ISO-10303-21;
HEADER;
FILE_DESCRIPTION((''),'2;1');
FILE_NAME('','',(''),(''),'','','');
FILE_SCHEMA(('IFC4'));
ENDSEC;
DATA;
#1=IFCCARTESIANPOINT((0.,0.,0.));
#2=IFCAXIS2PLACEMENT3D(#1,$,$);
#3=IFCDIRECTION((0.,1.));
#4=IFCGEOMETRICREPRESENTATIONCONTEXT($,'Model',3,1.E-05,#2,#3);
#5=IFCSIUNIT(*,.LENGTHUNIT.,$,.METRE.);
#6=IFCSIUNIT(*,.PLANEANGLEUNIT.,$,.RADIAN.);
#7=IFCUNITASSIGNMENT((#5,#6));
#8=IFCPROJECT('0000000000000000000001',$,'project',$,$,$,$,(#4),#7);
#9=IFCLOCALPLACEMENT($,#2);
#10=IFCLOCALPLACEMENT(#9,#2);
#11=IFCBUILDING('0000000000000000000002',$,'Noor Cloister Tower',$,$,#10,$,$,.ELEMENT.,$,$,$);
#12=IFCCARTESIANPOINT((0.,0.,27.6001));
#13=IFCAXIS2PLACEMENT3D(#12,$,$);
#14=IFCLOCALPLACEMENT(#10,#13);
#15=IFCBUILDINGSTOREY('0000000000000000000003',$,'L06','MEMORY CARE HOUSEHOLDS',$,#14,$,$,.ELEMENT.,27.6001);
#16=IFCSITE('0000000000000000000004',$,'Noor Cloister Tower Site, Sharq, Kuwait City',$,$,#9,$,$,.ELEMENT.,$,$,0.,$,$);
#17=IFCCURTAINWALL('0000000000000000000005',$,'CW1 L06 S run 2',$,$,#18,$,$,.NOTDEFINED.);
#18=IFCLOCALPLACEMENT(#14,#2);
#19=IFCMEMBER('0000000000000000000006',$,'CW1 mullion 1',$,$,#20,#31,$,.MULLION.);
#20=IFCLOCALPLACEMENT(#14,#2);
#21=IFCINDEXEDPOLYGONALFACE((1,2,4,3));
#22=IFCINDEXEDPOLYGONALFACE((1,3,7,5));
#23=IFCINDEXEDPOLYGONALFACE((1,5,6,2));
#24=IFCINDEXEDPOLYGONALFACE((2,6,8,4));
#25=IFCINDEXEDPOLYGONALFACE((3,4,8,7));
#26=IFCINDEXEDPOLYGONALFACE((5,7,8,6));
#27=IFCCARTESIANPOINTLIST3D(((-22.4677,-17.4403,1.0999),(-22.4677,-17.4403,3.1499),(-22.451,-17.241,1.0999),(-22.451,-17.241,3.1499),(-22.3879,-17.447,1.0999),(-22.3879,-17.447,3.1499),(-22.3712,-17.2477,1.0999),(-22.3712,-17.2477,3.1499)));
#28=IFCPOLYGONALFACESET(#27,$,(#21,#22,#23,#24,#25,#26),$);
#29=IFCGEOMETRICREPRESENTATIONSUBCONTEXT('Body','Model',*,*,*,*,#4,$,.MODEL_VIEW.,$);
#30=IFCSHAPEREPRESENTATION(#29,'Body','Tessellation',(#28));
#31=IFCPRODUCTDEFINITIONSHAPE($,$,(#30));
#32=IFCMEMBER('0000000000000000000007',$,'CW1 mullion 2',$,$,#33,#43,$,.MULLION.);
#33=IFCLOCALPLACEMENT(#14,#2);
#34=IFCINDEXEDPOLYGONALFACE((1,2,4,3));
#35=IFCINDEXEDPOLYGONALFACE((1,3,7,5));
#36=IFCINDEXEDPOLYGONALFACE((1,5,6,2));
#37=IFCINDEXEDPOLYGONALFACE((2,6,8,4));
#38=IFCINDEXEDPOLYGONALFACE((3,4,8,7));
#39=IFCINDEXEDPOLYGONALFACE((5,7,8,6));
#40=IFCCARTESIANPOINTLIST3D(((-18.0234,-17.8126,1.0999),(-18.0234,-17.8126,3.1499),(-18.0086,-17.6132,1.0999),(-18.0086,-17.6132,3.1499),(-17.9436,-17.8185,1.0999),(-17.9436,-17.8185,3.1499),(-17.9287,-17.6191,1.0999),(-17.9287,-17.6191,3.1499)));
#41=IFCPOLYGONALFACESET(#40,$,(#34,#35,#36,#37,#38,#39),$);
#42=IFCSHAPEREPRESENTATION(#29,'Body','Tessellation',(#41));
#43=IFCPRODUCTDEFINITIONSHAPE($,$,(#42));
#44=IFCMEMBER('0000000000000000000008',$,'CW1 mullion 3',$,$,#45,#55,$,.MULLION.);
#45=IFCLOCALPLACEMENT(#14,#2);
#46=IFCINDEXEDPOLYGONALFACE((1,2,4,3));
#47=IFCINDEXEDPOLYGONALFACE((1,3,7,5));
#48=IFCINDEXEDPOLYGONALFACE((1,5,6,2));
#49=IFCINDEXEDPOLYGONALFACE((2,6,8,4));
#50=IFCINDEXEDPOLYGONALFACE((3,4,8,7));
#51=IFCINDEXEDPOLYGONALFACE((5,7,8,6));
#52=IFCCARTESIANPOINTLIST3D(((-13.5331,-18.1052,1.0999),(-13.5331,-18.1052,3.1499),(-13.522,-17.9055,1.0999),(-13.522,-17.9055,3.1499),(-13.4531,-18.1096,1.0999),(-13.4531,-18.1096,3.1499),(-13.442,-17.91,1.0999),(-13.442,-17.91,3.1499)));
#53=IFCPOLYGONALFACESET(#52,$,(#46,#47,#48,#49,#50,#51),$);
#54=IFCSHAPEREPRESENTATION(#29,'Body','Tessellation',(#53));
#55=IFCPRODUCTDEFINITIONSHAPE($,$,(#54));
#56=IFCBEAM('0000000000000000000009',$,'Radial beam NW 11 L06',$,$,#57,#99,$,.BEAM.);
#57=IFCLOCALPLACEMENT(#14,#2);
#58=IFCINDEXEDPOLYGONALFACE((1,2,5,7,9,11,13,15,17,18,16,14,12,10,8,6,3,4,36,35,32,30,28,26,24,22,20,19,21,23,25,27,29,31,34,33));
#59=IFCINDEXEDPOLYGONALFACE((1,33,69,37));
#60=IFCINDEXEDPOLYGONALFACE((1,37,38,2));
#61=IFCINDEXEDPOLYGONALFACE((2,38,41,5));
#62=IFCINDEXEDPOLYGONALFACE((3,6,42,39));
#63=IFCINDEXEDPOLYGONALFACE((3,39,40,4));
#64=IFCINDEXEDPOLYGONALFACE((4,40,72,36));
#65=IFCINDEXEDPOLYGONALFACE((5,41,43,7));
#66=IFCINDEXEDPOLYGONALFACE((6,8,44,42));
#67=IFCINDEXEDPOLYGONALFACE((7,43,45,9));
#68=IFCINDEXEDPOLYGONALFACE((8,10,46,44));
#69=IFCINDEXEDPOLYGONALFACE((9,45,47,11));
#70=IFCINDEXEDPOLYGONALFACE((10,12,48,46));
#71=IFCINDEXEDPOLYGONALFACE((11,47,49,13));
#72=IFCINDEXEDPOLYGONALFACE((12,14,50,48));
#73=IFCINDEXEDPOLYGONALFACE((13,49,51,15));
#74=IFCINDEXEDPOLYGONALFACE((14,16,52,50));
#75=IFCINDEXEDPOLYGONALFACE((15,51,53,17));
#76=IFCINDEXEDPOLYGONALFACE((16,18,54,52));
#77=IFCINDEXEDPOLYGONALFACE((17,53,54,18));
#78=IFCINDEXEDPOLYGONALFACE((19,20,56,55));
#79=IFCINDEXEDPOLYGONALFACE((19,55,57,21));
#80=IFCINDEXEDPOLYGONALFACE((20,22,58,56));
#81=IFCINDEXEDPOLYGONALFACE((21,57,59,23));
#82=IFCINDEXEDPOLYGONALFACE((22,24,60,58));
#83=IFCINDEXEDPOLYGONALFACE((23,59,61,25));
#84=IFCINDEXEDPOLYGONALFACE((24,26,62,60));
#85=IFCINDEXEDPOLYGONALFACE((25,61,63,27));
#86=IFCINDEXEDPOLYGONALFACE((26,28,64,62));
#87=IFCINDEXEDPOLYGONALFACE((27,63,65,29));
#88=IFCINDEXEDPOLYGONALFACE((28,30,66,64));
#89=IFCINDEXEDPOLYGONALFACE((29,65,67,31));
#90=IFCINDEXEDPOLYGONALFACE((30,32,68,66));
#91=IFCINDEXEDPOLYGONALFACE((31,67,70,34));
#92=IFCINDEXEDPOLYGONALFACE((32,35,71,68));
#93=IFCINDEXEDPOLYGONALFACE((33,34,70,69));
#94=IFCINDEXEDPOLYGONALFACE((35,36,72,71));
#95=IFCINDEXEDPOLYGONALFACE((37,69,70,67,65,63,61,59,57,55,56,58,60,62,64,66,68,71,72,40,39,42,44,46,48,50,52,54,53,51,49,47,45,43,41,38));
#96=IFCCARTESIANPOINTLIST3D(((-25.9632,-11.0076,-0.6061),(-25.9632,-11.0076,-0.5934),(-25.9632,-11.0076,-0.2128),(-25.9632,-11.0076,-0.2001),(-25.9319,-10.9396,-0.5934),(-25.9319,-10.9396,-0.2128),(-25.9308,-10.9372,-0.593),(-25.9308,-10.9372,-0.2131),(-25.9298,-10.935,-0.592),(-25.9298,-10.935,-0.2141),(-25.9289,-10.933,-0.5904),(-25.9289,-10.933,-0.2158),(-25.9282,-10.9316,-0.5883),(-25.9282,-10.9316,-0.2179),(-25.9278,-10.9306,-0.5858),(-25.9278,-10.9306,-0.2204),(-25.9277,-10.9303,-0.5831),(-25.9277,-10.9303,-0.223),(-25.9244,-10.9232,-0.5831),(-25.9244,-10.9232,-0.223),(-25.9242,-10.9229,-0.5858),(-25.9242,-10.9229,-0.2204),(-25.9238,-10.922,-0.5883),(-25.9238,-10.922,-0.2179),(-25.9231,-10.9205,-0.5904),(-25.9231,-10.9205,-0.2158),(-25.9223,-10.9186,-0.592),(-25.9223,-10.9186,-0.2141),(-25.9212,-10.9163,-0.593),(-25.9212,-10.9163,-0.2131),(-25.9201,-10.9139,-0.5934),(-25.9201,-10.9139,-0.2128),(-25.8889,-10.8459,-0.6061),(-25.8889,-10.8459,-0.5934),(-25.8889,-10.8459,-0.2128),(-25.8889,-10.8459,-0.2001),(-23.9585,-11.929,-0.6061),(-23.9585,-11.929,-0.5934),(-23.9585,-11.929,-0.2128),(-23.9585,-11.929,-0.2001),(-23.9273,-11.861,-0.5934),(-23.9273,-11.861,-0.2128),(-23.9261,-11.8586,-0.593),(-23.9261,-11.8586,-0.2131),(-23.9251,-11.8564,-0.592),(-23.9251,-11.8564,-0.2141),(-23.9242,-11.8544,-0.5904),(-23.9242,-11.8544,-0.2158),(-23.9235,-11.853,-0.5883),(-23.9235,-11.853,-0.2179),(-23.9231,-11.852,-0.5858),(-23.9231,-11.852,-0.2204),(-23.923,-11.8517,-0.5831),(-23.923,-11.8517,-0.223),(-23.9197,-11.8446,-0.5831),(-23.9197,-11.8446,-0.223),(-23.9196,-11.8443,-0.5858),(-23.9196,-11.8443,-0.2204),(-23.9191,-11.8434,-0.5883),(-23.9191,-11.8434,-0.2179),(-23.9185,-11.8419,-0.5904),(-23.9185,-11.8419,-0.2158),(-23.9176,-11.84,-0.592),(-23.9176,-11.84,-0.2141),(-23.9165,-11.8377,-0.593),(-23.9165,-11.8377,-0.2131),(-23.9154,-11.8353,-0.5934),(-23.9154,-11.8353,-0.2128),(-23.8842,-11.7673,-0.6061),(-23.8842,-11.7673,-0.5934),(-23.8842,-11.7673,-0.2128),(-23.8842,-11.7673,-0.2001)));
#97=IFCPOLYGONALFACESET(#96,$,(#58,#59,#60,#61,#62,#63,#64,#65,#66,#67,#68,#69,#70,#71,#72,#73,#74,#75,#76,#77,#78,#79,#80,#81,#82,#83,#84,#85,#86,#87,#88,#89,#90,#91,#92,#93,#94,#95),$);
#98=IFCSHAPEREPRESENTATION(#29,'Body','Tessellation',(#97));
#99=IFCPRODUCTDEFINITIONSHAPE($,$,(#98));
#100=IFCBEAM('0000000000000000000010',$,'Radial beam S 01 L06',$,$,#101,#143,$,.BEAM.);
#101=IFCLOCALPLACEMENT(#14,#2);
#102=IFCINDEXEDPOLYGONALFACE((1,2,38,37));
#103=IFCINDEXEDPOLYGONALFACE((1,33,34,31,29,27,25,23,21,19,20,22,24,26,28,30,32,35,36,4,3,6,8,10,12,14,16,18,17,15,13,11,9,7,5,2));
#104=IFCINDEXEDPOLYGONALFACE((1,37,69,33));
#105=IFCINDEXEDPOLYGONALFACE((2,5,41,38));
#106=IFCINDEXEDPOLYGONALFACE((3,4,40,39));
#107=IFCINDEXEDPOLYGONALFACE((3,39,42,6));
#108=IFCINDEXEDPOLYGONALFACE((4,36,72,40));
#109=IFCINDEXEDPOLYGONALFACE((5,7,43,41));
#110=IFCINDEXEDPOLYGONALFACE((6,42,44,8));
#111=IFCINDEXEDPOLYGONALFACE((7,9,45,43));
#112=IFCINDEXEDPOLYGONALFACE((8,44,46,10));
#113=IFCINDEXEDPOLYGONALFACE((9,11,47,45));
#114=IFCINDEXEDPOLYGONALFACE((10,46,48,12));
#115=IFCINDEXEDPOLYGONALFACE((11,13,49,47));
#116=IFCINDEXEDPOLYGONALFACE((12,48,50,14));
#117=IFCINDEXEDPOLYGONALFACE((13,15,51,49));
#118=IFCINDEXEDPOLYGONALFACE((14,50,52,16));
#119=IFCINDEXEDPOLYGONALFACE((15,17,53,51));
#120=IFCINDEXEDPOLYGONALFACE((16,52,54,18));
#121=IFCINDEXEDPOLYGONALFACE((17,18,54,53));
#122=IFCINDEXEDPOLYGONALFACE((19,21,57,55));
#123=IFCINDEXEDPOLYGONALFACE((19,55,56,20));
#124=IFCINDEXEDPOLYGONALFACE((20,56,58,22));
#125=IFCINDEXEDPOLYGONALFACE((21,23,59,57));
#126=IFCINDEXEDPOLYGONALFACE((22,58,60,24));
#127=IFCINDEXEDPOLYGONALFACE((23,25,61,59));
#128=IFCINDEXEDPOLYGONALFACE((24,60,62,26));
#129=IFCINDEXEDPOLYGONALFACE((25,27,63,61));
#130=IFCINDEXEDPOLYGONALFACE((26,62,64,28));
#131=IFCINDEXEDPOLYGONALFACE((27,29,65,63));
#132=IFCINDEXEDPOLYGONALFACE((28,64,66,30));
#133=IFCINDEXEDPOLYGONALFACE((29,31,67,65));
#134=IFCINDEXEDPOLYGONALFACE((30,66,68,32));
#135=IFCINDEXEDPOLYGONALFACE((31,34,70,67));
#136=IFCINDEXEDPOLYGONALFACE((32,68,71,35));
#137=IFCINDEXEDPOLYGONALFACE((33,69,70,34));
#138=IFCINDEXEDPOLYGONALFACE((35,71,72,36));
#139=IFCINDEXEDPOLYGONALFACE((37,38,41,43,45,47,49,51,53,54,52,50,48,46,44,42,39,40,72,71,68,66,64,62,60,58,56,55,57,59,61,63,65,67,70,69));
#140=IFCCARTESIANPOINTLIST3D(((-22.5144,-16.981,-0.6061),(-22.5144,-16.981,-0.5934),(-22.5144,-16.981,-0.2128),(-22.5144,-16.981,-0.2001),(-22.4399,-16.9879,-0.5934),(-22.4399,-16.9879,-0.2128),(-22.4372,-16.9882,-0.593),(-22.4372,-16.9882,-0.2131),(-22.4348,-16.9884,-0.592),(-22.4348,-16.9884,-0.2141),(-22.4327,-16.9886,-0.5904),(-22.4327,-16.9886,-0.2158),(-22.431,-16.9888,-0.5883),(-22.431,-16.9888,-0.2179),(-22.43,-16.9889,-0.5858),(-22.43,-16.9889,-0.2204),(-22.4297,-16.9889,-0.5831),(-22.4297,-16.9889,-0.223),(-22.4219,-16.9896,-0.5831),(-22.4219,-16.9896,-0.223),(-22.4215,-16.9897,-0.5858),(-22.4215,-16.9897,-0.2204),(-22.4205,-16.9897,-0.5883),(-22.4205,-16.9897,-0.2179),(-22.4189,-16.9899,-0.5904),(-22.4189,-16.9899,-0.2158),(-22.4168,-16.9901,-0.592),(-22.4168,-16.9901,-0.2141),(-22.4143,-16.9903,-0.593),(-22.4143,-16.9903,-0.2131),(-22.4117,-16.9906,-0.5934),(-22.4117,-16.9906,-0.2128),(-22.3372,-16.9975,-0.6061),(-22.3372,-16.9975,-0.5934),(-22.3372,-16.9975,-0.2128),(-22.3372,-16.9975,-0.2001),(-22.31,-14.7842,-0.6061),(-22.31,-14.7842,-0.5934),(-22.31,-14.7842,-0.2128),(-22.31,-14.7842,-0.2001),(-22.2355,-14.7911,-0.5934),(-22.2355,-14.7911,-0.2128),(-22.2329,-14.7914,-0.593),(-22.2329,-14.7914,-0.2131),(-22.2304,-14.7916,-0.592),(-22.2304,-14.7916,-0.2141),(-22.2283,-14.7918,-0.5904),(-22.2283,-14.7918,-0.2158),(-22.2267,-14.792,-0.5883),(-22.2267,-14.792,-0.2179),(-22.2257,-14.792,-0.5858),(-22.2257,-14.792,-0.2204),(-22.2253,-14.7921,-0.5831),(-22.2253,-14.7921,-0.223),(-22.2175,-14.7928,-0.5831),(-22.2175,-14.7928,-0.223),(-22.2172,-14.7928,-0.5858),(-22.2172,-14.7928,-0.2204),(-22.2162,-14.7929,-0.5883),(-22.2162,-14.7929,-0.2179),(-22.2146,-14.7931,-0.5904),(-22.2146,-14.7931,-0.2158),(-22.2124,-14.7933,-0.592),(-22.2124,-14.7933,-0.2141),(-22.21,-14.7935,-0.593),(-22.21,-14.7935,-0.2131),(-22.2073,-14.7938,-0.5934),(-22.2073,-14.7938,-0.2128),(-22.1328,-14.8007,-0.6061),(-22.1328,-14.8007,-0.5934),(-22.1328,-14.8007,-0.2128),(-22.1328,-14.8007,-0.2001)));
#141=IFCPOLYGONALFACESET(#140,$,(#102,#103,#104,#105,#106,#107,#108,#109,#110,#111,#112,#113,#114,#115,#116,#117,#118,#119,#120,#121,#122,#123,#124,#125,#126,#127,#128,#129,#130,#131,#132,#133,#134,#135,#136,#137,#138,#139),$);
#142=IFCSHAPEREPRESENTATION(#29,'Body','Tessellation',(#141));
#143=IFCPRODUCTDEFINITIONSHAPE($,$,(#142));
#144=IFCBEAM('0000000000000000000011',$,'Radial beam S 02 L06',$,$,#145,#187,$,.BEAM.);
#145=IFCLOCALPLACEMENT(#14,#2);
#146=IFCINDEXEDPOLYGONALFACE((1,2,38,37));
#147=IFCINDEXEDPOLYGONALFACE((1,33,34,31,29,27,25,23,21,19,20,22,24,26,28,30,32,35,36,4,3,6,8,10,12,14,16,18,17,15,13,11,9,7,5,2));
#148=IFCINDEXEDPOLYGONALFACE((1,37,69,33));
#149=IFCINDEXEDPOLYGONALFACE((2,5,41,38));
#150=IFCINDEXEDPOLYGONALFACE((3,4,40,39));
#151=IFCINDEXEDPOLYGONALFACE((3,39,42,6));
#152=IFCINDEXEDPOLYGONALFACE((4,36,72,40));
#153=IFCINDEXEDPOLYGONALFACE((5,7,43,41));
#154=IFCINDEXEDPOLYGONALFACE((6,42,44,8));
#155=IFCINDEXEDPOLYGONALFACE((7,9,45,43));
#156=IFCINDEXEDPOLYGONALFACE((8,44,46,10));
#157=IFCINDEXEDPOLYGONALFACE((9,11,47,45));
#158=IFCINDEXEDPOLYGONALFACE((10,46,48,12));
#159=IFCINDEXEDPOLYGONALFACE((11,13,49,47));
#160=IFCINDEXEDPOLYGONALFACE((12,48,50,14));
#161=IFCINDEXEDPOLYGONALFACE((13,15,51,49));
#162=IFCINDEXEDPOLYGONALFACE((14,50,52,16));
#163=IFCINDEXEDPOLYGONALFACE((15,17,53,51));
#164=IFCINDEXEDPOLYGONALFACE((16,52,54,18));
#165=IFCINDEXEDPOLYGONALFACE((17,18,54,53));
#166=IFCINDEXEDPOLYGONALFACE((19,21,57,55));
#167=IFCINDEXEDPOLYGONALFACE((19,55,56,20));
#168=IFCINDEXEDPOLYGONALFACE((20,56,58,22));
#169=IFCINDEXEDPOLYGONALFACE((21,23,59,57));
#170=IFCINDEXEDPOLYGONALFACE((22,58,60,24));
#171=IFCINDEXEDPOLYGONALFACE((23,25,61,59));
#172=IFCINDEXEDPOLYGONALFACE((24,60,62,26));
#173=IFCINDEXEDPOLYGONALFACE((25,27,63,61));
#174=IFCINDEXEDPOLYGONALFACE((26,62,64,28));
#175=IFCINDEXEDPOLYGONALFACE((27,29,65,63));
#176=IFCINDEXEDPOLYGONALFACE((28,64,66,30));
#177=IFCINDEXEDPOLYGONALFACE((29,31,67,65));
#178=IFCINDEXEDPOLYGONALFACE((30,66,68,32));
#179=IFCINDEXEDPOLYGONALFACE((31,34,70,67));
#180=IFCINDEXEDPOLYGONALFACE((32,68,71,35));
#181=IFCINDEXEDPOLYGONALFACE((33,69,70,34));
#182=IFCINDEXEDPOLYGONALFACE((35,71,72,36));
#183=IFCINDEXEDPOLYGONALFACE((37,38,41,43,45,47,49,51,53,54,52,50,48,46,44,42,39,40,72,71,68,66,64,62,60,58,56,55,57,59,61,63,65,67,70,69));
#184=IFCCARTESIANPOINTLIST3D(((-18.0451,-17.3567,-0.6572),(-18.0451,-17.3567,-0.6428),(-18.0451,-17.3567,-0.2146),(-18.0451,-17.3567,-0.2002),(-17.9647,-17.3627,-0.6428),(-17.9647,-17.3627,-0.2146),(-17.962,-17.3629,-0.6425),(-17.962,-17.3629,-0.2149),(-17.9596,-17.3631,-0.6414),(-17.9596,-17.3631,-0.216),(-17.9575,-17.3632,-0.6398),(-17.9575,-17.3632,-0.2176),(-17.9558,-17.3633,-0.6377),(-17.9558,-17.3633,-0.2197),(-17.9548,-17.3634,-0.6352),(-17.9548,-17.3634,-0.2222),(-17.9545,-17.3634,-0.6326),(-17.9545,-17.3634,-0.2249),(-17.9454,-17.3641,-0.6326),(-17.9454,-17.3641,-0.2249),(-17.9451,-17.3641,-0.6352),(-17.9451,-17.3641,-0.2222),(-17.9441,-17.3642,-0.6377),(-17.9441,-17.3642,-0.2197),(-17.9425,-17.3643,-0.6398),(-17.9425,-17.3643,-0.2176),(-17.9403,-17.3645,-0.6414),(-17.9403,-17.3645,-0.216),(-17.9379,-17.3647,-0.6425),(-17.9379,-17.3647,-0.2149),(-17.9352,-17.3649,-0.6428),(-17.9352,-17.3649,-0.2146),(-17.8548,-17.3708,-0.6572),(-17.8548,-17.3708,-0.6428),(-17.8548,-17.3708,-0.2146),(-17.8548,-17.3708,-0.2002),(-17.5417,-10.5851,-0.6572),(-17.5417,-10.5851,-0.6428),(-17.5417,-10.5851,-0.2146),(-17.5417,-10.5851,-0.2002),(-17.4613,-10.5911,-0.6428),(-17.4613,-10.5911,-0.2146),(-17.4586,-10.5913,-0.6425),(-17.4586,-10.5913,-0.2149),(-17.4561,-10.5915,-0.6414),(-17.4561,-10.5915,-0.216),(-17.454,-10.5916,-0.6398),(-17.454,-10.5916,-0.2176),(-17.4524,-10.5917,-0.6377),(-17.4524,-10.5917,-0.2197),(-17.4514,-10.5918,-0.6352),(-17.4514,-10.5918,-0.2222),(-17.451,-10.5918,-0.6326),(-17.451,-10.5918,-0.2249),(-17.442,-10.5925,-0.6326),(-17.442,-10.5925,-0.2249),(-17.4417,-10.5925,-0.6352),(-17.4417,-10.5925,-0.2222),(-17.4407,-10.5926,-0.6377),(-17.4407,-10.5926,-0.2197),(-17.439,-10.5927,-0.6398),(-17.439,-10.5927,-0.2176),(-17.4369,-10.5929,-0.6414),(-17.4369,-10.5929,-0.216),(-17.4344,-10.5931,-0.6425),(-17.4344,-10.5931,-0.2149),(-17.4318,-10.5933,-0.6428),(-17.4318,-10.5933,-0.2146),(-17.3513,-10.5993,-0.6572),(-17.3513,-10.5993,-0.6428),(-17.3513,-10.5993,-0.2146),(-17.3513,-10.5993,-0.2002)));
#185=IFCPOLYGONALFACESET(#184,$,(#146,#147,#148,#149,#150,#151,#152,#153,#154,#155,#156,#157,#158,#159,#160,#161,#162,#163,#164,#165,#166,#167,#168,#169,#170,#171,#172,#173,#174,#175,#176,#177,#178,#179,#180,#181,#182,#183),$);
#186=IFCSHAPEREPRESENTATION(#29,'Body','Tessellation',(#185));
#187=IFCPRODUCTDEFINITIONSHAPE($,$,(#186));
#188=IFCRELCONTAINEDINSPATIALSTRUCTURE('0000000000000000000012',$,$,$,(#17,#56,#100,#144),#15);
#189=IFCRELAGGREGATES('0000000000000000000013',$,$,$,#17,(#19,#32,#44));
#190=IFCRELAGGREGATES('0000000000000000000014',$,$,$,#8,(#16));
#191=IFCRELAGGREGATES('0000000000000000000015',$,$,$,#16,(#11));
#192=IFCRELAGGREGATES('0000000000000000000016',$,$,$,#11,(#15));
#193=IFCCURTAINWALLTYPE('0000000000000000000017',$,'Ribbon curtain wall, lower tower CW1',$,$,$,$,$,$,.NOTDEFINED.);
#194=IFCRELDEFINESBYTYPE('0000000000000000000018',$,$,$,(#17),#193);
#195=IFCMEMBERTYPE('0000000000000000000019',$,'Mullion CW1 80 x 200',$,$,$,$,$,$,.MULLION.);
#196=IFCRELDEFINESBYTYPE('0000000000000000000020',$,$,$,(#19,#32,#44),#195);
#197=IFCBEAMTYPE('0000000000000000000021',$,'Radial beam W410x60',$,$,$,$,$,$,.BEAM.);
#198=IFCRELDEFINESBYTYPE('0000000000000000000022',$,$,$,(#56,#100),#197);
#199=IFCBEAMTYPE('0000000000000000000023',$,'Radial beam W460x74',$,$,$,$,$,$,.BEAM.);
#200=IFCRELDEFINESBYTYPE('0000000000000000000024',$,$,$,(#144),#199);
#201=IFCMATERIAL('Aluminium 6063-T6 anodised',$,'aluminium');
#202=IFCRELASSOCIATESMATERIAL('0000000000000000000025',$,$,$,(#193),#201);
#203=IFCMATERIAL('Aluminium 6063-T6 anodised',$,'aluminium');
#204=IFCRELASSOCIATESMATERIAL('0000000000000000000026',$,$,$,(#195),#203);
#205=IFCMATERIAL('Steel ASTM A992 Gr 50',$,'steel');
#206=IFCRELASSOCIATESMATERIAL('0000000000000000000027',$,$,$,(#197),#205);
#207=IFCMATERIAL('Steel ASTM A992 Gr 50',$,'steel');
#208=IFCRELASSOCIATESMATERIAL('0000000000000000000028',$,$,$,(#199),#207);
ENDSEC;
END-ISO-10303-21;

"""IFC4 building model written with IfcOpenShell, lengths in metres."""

from ifc_helpers import new_model, si_unit, direction, frame, origin, origin_2d, place, context, subcontext, project, spatial, rectangle, i_section, extrude, material, material_profile, profile_set, type_object, element, aggregate, save


model = new_model("IFC4")

# Units and contexts
model_context = context("Model", 3, precision=1e-05, world=origin(), true_north=direction((0.0, 1.0)))
body_context = subcontext(model_context, "Body", "Model", "MODEL_VIEW")
ifc_project = project(units=[si_unit("LENGTHUNIT", "METRE"), si_unit("PLANEANGLEUNIT", "RADIAN")], contexts=[model_context])

# Site, building, storey
site_placement = place(None, origin())
site = spatial("IfcSite", under=ifc_project, at=site_placement, Name="Noor Cloister Tower Site, Sharq, Kuwait City", CompositionType="ELEMENT", RefElevation=0.0)
building_placement = place(site_placement, origin())
building = spatial("IfcBuilding", under=site, at=building_placement, Name="Noor Cloister Tower", CompositionType="ELEMENT")
storey_placement = place(building_placement, frame((0.0, 0.0, 27.6001)))
storey = spatial("IfcBuildingStorey", under=building, at=storey_placement, Name="L06", Description="MEMORY CARE HOUSEHOLDS", CompositionType="ELEMENT", Elevation=27.6001)

# Curtain wall, members
ifc_material_1 = material(Name="Aluminium 6063-T6 anodised", Category="aluminium")
curtain_wall_type = type_object("IfcCurtainWallType", Name="Ribbon curtain wall, lower tower CW1", PredefinedType="NOTDEFINED", material=ifc_material_1)
curtain_wall_placement = place(storey_placement, origin())
curtain_wall = element("IfcCurtainWall", 1, at=curtain_wall_placement, inside=storey, type_object=curtain_wall_type, Name="CW1 L06 S run 2", PredefinedType="NOTDEFINED")
ifc_material_2 = material(Name="Aluminium 6063-T6 anodised", Category="aluminium")
ifc_material_profile_1 = material_profile(ifc_material_2, rectangle(XDim=0.2, YDim=0.0801, at=origin_2d()), Name="200 x 80 mullion")
ifc_profile_set_1 = profile_set([ifc_material_profile_1], Name="Aluminium 6063-T6 anodised")
member_type = type_object("IfcMemberType", Name="Mullion CW1 80 x 200", PredefinedType="MULLION", material=ifc_profile_set_1)
member_1_placement = place(storey_placement, frame((-22.4194, -17.344, 1.0999), z_axis=(0.0, 0.0, 1.0), x_axis=(0.083396, 0.996517, 0.0)))
member_1 = element("IfcMember", 2, at=member_1_placement, type_object=member_type, Name="CW1 mullion 1", PredefinedType="MULLION", context=body_context, shape_type="SweptSolid", body=[
    extrude(rectangle(XDim=0.2, YDim=0.0801, at=origin_2d()), origin(), (0.0, 0.0, 1.0), 2.05),
])
member_2_placement = place(storey_placement, frame((-17.9761, -17.7158, 1.0999), z_axis=(0.0, 0.0, 1.0), x_axis=(0.074147, 0.997247, 0.0)))
member_2 = element("IfcMember", 3, at=member_2_placement, type_object=member_type, Name="CW1 mullion 2", PredefinedType="MULLION", context=body_context, shape_type="SweptSolid", body=[
    extrude(rectangle(XDim=0.2, YDim=0.0801, at=origin_2d()), origin(), (0.0, 0.0, 1.0), 2.05),
])
member_3_placement = place(storey_placement, frame((-13.4875, -18.0076, 1.0999), z_axis=(0.0, 0.0, 1.0), x_axis=(0.055633, 0.998451, 0.0)))
member_3 = element("IfcMember", 4, at=member_3_placement, type_object=member_type, Name="CW1 mullion 3", PredefinedType="MULLION", context=body_context, shape_type="SweptSolid", body=[
    extrude(rectangle(XDim=0.2, YDim=0.0801, at=origin_2d()), origin(), (0.0, 0.0, 1.0), 2.05),
])

# Beams
ifc_material_3 = material(Name="Steel ASTM A992 Gr 50", Category="steel")
ifc_material_profile_2 = material_profile(ifc_material_3, i_section(OverallWidth=0.178, OverallDepth=0.406, WebThickness=0.0078, FlangeThickness=0.0127, FilletRadius=0.0103, at=origin_2d()), Name="W410x60")
ifc_profile_set_2 = profile_set([ifc_material_profile_2], Name="Steel ASTM A992 Gr 50")
beam_type_1 = type_object("IfcBeamType", Name="Radial beam W410x60", PredefinedType="BEAM", material=ifc_profile_set_2)
for number, where, z_axis, x_axis, name in (
    (5, (-25.926, -10.9268, -0.4031), (0.908619, -0.417626, 0.0), (0.417626, 0.908619, 0.0), "Radial beam NW 11 L06"),
    (6, (-22.4258, -16.9893, -0.4031), (0.092621, 0.995701, 0.0), (-0.995701, 0.092621, 0.0), "Radial beam S 01 L06"),
):
    element("IfcBeam", number, at=place(storey_placement, frame(where, z_axis=z_axis, x_axis=x_axis)), inside=storey, type_object=beam_type_1, Name=name, PredefinedType="BEAM", context=body_context, shape_type="SweptSolid", body=[
        extrude(i_section(OverallWidth=0.178, OverallDepth=0.406, WebThickness=0.0078, FlangeThickness=0.0127, FilletRadius=0.0103, at=origin_2d()), origin(), (0.0, 0.0, 1.0), 2.2063),
    ])
ifc_material_4 = material(Name="Steel ASTM A992 Gr 50", Category="steel")
ifc_material_profile_3 = material_profile(ifc_material_4, i_section(OverallWidth=0.1909, OverallDepth=0.457, WebThickness=0.009, FlangeThickness=0.0144, FilletRadius=0.0103, at=origin_2d()), Name="W460x74")
ifc_profile_set_3 = profile_set([ifc_material_profile_3], Name="Steel ASTM A992 Gr 50")
beam_type_2 = type_object("IfcBeamType", Name="Radial beam W460x74", PredefinedType="BEAM", material=ifc_profile_set_3)
beam_1_placement = place(storey_placement, frame((-17.95, -17.3638, -0.4287), z_axis=(0.074139, 0.997248, 0.0), x_axis=(-0.997248, 0.074139, 0.0)))
element("IfcBeam", 7, at=beam_1_placement, inside=storey, type_object=beam_type_2, Name="Radial beam S 02 L06", PredefinedType="BEAM", context=body_context, shape_type="SweptSolid", body=[
    extrude(i_section(OverallWidth=0.1909, OverallDepth=0.457, WebThickness=0.009, FlangeThickness=0.0144, FilletRadius=0.0103, at=origin_2d()), origin(), (0.0, 0.0, 1.0), 6.7903),
])

aggregate(curtain_wall, [member_1, member_2, member_3])

save(model, "model.ifc")
